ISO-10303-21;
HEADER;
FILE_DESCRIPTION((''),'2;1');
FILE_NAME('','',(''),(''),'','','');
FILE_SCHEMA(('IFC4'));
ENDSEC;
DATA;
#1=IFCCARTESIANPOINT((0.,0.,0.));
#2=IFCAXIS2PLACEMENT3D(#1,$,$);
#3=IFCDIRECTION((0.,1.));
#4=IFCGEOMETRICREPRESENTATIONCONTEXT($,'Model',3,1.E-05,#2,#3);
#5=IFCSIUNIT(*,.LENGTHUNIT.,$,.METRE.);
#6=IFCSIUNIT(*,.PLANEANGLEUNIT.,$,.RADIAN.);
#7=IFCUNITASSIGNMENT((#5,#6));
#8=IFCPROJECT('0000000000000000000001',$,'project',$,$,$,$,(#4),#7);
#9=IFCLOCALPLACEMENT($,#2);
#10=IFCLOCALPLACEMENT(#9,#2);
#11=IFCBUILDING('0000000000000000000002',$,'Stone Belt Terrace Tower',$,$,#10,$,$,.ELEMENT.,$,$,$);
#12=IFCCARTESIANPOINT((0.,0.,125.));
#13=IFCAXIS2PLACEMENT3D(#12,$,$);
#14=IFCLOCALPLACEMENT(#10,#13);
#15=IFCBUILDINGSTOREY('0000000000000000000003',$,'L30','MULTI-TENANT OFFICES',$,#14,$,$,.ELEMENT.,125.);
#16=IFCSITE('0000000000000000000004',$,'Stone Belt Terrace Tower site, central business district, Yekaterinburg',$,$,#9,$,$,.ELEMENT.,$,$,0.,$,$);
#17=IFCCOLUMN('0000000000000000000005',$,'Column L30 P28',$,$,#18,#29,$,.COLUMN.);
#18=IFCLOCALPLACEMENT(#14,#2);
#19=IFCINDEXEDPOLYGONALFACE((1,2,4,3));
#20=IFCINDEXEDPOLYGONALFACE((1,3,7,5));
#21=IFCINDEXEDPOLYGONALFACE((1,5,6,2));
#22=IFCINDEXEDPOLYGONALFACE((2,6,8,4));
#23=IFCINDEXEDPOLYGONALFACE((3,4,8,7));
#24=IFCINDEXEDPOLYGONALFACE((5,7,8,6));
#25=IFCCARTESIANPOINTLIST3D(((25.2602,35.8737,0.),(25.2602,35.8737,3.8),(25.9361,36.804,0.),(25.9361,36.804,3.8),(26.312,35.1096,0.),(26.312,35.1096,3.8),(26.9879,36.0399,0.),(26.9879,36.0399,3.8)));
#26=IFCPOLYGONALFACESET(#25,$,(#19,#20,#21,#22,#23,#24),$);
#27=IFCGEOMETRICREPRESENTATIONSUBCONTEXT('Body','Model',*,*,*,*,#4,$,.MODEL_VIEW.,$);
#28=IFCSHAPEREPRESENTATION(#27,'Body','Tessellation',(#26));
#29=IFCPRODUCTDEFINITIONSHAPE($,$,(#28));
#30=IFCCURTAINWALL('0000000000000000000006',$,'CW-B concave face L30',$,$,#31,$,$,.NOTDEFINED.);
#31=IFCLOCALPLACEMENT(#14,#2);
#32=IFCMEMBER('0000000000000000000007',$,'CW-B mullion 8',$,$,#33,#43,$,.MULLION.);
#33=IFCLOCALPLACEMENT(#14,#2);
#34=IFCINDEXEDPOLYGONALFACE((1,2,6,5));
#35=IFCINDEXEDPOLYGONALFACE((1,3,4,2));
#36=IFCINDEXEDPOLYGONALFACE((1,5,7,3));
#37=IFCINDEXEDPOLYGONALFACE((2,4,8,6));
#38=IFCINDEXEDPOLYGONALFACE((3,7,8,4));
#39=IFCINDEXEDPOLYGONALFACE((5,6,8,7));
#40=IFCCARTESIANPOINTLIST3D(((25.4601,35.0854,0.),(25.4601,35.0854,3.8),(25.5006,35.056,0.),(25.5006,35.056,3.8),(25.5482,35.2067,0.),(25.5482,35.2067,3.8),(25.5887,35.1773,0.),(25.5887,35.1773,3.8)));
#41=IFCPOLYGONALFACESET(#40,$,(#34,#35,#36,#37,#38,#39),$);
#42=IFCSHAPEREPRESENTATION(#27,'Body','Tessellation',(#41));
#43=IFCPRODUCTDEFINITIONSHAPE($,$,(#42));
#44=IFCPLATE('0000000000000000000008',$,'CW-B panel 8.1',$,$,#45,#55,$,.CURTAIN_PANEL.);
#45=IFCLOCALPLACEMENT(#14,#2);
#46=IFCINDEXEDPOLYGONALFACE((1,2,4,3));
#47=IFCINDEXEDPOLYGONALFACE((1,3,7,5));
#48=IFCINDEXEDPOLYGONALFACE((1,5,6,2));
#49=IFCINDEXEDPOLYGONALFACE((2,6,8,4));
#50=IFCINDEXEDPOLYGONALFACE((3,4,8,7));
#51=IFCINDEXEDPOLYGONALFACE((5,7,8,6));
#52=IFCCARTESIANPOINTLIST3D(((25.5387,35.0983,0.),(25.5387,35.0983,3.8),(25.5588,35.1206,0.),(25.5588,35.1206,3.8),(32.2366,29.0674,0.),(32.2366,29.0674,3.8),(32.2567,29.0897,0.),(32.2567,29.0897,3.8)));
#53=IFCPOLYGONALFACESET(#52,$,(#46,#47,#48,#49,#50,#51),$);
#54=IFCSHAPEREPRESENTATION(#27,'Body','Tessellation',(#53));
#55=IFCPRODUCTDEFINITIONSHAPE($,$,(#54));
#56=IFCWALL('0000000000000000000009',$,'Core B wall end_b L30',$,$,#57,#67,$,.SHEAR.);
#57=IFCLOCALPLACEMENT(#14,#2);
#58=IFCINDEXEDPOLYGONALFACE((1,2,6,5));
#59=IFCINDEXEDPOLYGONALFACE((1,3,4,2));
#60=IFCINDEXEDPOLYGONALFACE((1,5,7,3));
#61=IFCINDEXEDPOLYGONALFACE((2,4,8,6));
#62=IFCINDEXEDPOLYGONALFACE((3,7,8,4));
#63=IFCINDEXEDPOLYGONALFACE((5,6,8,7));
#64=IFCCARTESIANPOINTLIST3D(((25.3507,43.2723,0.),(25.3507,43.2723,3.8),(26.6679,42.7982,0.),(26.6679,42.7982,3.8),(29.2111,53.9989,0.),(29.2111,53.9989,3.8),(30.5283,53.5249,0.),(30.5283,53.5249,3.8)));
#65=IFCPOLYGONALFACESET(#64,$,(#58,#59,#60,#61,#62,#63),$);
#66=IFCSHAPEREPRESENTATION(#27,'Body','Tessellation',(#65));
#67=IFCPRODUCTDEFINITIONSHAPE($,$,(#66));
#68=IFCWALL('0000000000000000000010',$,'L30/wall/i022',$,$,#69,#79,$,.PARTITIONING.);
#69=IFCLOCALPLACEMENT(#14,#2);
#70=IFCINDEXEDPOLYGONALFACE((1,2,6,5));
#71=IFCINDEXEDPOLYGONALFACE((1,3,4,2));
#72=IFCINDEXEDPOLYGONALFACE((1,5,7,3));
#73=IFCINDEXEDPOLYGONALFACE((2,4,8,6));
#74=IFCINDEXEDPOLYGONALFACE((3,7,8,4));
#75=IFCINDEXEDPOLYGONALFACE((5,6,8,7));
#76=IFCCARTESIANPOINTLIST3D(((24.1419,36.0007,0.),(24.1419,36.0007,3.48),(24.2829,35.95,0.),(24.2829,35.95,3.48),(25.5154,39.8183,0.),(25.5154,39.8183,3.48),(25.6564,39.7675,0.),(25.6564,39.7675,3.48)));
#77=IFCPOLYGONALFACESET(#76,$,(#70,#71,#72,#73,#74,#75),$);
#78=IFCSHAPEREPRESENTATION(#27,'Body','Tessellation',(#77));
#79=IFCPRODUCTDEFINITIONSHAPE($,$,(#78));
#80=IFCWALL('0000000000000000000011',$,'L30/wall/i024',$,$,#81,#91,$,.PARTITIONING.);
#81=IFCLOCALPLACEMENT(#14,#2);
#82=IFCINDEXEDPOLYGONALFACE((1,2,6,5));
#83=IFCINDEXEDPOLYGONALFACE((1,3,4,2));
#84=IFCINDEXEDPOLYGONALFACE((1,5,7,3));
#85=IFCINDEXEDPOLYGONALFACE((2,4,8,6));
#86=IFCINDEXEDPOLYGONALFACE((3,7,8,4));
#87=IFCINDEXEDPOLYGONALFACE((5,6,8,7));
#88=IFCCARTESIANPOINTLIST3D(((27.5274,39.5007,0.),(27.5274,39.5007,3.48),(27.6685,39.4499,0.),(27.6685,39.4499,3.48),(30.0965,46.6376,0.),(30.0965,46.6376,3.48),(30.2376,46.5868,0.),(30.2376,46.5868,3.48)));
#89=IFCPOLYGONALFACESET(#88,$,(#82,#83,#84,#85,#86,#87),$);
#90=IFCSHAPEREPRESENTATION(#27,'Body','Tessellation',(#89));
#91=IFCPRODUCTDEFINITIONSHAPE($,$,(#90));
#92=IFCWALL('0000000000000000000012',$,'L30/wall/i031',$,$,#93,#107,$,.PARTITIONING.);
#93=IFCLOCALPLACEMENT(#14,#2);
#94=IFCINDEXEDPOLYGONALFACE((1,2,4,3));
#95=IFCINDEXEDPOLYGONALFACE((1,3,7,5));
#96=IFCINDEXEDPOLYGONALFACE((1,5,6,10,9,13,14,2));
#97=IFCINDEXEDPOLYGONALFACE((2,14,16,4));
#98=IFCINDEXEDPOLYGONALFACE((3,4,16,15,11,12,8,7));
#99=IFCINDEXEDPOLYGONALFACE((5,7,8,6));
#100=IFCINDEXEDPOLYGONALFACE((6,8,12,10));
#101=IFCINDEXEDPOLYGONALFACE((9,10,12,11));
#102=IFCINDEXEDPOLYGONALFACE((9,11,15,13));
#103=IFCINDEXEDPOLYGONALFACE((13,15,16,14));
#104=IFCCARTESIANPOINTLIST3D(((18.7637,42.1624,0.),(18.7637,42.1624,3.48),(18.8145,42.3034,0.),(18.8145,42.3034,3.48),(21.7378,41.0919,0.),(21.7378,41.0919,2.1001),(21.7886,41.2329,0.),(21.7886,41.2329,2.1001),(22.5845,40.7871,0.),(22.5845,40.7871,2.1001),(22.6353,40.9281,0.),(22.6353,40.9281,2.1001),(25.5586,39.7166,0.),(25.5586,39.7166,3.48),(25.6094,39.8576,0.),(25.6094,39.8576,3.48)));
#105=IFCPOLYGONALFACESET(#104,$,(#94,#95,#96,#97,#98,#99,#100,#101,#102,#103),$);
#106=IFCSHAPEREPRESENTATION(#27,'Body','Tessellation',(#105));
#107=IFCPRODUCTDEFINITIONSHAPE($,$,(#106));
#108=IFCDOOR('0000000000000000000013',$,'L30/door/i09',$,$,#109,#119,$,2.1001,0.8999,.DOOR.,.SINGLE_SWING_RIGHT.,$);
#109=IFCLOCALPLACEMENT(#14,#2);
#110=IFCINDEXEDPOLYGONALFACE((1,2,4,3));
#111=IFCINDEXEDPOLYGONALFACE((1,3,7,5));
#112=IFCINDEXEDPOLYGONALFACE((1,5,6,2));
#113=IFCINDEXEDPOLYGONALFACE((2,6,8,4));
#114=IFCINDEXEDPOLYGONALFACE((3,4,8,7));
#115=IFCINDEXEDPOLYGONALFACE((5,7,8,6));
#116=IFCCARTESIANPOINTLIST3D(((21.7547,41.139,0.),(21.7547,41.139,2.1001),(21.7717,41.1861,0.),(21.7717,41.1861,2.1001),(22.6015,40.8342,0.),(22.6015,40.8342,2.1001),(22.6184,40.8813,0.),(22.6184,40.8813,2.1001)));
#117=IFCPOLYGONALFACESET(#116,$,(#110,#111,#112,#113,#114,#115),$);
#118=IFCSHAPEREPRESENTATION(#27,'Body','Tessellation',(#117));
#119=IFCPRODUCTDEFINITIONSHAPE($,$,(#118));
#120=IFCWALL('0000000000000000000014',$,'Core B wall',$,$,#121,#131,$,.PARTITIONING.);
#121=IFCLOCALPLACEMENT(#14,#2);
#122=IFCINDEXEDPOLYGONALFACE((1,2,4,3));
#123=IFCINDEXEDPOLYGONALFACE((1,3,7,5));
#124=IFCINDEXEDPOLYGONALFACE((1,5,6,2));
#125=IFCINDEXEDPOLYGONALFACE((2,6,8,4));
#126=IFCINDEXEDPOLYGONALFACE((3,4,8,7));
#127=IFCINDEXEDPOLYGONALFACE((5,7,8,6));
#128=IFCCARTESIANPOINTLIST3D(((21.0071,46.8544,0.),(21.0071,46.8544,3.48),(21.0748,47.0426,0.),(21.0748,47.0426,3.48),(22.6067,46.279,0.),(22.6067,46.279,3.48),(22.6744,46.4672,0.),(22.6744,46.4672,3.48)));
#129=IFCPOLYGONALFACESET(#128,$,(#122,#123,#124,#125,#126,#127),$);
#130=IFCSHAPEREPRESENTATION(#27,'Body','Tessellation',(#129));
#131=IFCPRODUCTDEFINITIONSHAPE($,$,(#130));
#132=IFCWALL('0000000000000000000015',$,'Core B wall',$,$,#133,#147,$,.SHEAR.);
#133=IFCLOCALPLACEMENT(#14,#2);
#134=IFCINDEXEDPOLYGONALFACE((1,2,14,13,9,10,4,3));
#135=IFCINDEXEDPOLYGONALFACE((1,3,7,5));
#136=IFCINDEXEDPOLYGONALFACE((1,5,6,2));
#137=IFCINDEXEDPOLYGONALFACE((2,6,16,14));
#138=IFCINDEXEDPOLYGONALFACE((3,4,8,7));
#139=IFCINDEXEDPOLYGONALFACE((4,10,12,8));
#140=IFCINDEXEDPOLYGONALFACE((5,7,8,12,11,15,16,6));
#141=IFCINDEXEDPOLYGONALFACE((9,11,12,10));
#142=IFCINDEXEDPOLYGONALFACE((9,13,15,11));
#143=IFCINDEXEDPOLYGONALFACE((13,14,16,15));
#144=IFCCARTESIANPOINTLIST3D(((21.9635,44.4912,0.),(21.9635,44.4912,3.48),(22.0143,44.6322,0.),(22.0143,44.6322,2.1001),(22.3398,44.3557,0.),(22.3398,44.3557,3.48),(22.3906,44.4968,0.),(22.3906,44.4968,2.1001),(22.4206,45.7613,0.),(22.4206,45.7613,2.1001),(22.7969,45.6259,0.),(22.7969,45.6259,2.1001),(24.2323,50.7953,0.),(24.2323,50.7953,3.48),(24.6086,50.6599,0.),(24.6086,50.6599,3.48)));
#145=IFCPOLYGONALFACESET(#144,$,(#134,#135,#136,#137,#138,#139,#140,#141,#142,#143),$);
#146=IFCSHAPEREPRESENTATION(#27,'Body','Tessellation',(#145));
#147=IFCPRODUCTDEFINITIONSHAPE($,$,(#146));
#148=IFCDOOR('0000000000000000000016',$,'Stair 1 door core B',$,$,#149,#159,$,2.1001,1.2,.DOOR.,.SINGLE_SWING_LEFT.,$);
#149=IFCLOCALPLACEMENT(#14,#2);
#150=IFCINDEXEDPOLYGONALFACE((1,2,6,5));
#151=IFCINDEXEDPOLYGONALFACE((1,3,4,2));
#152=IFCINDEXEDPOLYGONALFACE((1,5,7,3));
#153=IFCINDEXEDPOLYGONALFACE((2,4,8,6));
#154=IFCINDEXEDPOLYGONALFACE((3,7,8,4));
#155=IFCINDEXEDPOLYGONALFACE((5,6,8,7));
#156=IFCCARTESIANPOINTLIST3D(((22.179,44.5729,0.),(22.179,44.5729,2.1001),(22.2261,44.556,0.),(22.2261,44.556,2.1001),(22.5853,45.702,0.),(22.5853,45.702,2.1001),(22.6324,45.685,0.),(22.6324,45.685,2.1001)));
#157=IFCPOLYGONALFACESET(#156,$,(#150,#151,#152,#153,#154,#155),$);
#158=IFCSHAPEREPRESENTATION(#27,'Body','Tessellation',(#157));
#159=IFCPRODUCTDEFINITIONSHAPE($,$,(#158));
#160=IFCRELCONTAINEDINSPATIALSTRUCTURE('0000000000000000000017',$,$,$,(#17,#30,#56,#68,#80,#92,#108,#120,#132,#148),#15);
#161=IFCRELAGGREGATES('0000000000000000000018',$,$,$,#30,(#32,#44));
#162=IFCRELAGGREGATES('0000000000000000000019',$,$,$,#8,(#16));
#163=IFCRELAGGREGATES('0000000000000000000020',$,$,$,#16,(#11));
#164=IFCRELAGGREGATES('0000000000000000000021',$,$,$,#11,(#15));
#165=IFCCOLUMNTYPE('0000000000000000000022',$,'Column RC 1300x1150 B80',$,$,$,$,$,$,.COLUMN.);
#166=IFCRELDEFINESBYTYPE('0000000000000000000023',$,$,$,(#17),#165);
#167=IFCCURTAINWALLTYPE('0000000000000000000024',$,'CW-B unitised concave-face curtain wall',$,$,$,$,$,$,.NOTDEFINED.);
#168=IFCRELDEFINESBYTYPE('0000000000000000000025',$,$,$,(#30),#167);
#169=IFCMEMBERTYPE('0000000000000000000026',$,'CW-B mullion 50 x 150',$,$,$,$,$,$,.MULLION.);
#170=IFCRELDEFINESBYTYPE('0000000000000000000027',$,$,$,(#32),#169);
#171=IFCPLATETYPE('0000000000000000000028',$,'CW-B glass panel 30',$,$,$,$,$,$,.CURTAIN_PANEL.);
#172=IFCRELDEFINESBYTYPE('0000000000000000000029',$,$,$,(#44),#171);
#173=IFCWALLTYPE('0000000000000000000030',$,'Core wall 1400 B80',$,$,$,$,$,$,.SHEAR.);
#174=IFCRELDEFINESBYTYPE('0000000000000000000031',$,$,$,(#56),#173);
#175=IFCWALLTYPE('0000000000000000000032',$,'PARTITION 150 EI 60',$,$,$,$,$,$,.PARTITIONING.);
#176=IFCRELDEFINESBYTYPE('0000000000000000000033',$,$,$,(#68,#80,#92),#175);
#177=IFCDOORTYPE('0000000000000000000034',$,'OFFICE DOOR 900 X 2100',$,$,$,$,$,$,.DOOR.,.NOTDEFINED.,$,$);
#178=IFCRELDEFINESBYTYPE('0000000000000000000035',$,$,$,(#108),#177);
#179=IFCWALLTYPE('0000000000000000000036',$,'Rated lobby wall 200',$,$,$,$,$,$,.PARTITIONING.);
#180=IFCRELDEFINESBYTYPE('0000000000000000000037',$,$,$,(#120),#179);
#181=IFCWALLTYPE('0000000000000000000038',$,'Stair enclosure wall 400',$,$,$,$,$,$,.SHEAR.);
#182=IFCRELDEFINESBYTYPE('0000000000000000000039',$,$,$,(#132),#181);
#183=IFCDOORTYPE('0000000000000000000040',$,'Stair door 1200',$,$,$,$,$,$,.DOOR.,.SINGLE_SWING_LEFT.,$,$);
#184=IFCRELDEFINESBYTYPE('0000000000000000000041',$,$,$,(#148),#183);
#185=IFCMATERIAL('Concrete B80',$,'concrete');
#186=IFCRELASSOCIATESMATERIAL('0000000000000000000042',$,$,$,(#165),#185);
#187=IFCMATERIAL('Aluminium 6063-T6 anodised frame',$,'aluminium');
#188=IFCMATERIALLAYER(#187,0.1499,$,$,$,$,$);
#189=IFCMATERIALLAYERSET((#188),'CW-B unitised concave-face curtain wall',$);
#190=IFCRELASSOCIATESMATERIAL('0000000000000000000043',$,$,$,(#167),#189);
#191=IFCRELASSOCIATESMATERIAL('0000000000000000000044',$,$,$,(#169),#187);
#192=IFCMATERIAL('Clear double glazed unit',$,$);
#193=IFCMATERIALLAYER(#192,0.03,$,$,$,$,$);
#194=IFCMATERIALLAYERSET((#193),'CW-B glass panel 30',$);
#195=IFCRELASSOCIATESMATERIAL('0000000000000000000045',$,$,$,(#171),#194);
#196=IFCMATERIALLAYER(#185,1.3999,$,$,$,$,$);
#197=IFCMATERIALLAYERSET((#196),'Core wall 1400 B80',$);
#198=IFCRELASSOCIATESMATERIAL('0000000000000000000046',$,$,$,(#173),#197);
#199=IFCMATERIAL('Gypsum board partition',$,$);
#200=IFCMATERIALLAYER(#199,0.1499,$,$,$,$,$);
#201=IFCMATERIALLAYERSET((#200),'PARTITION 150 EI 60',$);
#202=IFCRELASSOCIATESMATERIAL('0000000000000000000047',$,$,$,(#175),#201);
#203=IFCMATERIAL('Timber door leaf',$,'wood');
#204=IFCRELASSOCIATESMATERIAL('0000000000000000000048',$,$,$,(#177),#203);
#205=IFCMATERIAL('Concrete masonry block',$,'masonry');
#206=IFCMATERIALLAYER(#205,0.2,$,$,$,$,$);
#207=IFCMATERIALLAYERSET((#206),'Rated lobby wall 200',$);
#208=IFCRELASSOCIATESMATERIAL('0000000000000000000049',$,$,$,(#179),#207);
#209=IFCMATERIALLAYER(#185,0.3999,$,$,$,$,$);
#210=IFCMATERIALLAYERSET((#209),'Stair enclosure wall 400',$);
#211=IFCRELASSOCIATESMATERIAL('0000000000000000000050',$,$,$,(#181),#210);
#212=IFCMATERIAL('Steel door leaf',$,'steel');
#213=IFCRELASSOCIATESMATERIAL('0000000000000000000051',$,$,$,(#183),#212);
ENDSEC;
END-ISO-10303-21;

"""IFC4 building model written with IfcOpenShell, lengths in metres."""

from ifc_helpers import new_model, si_unit, direction, frame, frame_2d, origin, origin_2d, place, context, subcontext, project, spatial, rectangle, extrude, material, layer, layer_set, material_profile, profile_set, type_object, element, fill, aggregate, save


model = new_model("IFC4")

# Units and contexts
model_context = context("Model", 3, precision=1e-05, world=origin(), true_north=direction((0.0, 1.0)))
body_context = subcontext(model_context, "Body", "Model", "MODEL_VIEW")
ifc_project = project(units=[si_unit("LENGTHUNIT", "METRE"), si_unit("PLANEANGLEUNIT", "RADIAN")], contexts=[model_context])

# Site, building, storey
site_placement = place(None, origin())
site = spatial("IfcSite", under=ifc_project, at=site_placement, Name="Stone Belt Terrace Tower site, central business district, Yekaterinburg", CompositionType="ELEMENT", RefElevation=0.0)
building_placement = place(site_placement, origin())
building = spatial("IfcBuilding", under=site, at=building_placement, Name="Stone Belt Terrace Tower", CompositionType="ELEMENT")
storey_placement = place(building_placement, frame((0.0, 0.0, 125.0)))
storey = spatial("IfcBuildingStorey", under=building, at=storey_placement, Name="L30", Description="MULTI-TENANT OFFICES", CompositionType="ELEMENT", Elevation=125.0)

# Column
ifc_material_1 = material(Name="Concrete B80", Category="concrete")
ifc_material_profile_1 = material_profile(ifc_material_1, rectangle(XDim=1.3, YDim=1.1499, at=origin_2d()), Name="RC 1300x1150")
ifc_profile_set_1 = profile_set([ifc_material_profile_1], Name="Concrete B80")
column_type = type_object("IfcColumnType", Name="Column RC 1300x1150 B80", PredefinedType="COLUMN", material=ifc_profile_set_1)
column_placement = place(storey_placement, frame((26.124, 35.9568, 0.0), z_axis=(0.0, 0.0, 1.0), x_axis=(0.809017, -0.587785, 0.0)))
element("IfcColumn", 1, at=column_placement, inside=storey, type_object=column_type, Name="Column L30 P28", PredefinedType="COLUMN", context=body_context, shape_type="SweptSolid", body=[
    extrude(rectangle(XDim=1.3, YDim=1.1499, at=origin_2d()), origin(), (0.0, 0.0, 1.0), 3.8),
])

# Curtain wall, member, plate
ifc_material_2 = material(Name="Aluminium 6063-T6 anodised frame", Category="aluminium")
ifc_layer_1 = layer(ifc_material_2, 0.1499)
ifc_layer_set_1 = layer_set([ifc_layer_1], Name="CW-B unitised concave-face curtain wall")
curtain_wall_type = type_object("IfcCurtainWallType", Name="CW-B unitised concave-face curtain wall", PredefinedType="NOTDEFINED", material=ifc_layer_set_1)
curtain_wall_placement = place(storey_placement, origin())
curtain_wall = element("IfcCurtainWall", 2, at=curtain_wall_placement, inside=storey, type_object=curtain_wall_type, Name="CW-B concave face L30", PredefinedType="NOTDEFINED")
ifc_material_profile_2 = material_profile(ifc_material_2, rectangle(XDim=0.1499, YDim=0.05, at=origin_2d()), Name="Aluminium 6063-T6 50x150")
ifc_profile_set_2 = profile_set([ifc_material_profile_2], Name="Aluminium 6063-T6 anodised frame")
member_type = type_object("IfcMemberType", Name="CW-B mullion 50 x 150", PredefinedType="MULLION", material=ifc_profile_set_2)
member_placement = place(storey_placement, frame((25.5244, 35.1313, 0.0), z_axis=(0.0, 0.0, 1.0), x_axis=(0.587785, 0.809017, 0.0)))
member = element("IfcMember", 3, at=member_placement, type_object=member_type, Name="CW-B mullion 8", PredefinedType="MULLION", context=body_context, shape_type="SweptSolid", body=[
    extrude(rectangle(XDim=0.1499, YDim=0.05, at=origin_2d()), origin(), (0.0, 0.0, 1.0), 3.8),
])
ifc_material_3 = material(Name="Clear double glazed unit")
ifc_layer_2 = layer(ifc_material_3, 0.03)
ifc_layer_set_2 = layer_set([ifc_layer_2], Name="CW-B glass panel 30")
plate_type = type_object("IfcPlateType", Name="CW-B glass panel 30", PredefinedType="CURTAIN_PANEL", material=ifc_layer_set_2)
plate_placement = place(storey_placement, frame((28.8977, 32.094, 0.0), z_axis=(0.0, 0.0, 1.0), x_axis=(0.743145, -0.669131, 0.0)))
plate = element("IfcPlate", 4, at=plate_placement, type_object=plate_type, Name="CW-B panel 8.1", PredefinedType="CURTAIN_PANEL", context=body_context, shape_type="SweptSolid", body=[
    extrude(rectangle(XDim=9.0129, YDim=0.03, at=origin_2d()), origin(), (0.0, 0.0, 1.0), 3.8),
])
aggregate(curtain_wall, [member, plate])

# Walls
ifc_layer_3 = layer(ifc_material_1, 1.3999)
ifc_layer_set_3 = layer_set([ifc_layer_3], Name="Core wall 1400 B80")
wall_type_1 = type_object("IfcWallType", Name="Core wall 1400 B80", PredefinedType="SHEAR", material=ifc_layer_set_3)
wall_1_placement = place(storey_placement, frame((26.0093, 43.0352, 0.0), z_axis=(0.0, 0.0, 1.0), x_axis=(0.338625, 0.940921, 0.0)))
element("IfcWall", 5, at=wall_1_placement, inside=storey, type_object=wall_type_1, Name="Core B wall end_b L30", PredefinedType="SHEAR", context=body_context, shape_type="SweptSolid", body=[
    extrude(rectangle(XDim=11.4001, YDim=1.3999, at=frame_2d((5.7002, 0.0))), origin(), (0.0, 0.0, 1.0), 3.8),
])
ifc_material_4 = material(Name="Gypsum board partition")
ifc_layer_4 = layer(ifc_material_4, 0.1499)
ifc_layer_set_4 = layer_set([ifc_layer_4], Name="PARTITION 150 EI 60")
wall_type_2 = type_object("IfcWallType", Name="PARTITION 150 EI 60", PredefinedType="PARTITIONING", material=ifc_layer_set_4)
wall_2_placement = place(storey_placement, frame((24.2124, 35.9753, 0.0), z_axis=(0.0, 0.0, 1.0), x_axis=(0.338543, 0.940951, 0.0)))
element("IfcWall", 6, at=wall_2_placement, inside=storey, type_object=wall_type_2, Name="L30/wall/i022", PredefinedType="PARTITIONING", context=body_context, shape_type="SweptSolid", body=[
    extrude(rectangle(XDim=4.0571, YDim=0.1499, at=frame_2d((2.0286, 0.0))), origin(), (0.0, 0.0, 1.0), 3.48),
])
wall_3_placement = place(storey_placement, frame((30.167, 46.6121, 0.0), z_axis=(0.0, 0.0, 1.0), x_axis=(-0.338694, -0.940896, 0.0)))
element("IfcWall", 7, at=wall_3_placement, inside=storey, type_object=wall_type_2, Name="L30/wall/i024", PredefinedType="PARTITIONING", context=body_context, shape_type="SweptSolid", body=[
    extrude(rectangle(XDim=7.5852, YDim=0.1499, at=frame_2d((3.7925, 0.0))), origin(), (0.0, 0.0, 1.0), 3.48),
])

# Wall, opening, door
wall_4_placement = place(storey_placement, frame((25.584, 39.7871, 0.0), z_axis=(0.0, 0.0, 1.0), x_axis=(-0.940904, 0.338674, 0.0)))
wall_4 = element("IfcWall", 8, at=wall_4_placement, inside=storey, type_object=wall_type_2, Name="L30/wall/i031", PredefinedType="PARTITIONING", context=body_context, shape_type="SweptSolid", body=[
    extrude(rectangle(XDim=7.2217, YDim=0.1499, at=frame_2d((3.6108, 0.0))), origin(), (0.0, 0.0, 1.0), 3.48),
])
opening_1_placement = place(wall_4_placement, frame((3.1609, 0.0, 0.0)))
opening_1 = element("IfcOpeningElement", 9, at=opening_1_placement, cuts=wall_4, PredefinedType="OPENING", context=body_context, shape_type="SweptSolid", body=[
    extrude(rectangle(XDim=0.8999, YDim=2.1001, at=frame_2d((0.45, 1.05))), frame((0.0, 0.085, 0.0), z_axis=(0.0, -1.0, 0.0), x_axis=(1.0, 0.0, 0.0)), (0.0, 0.0, 1.0), 0.1699),
])
ifc_material_5 = material(Name="Timber door leaf", Category="wood")
door_type_1 = type_object("IfcDoorType", Name="OFFICE DOOR 900 X 2100", OperationType="NOTDEFINED", PredefinedType="DOOR", material=ifc_material_5)
door_1_placement = place(opening_1_placement, origin())
door_1 = element("IfcDoor", 10, at=door_1_placement, inside=storey, type_object=door_type_1, Name="L30/door/i09", OperationType="SINGLE_SWING_RIGHT", OverallHeight=2.1001, OverallWidth=0.8999, PredefinedType="DOOR", context=body_context, shape_type="SweptSolid", body=[
    extrude(rectangle(XDim=0.8999, YDim=2.1001, at=frame_2d((0.45, 1.05))), frame((0.0, 0.0249, 0.0), z_axis=(0.0, -1.0, 0.0), x_axis=(1.0, 0.0, 0.0)), (0.0, 0.0, 1.0), 0.05),
])
fill(opening_1, door_1)

# Wall
ifc_material_6 = material(Name="Concrete masonry block", Category="masonry")
ifc_layer_5 = layer(ifc_material_6, 0.2)
ifc_layer_set_5 = layer_set([ifc_layer_5], Name="Rated lobby wall 200")
wall_type_3 = type_object("IfcWallType", Name="Rated lobby wall 200", PredefinedType="PARTITIONING", material=ifc_layer_set_5)
wall_5_placement = place(storey_placement, frame((22.6406, 46.373, 0.0), z_axis=(0.0, 0.0, 1.0), x_axis=(-0.940966, 0.338501, 0.0)))
element("IfcWall", 11, at=wall_5_placement, inside=storey, type_object=wall_type_3, Name="Core B wall", PredefinedType="PARTITIONING", context=body_context, shape_type="SweptSolid", body=[
    extrude(rectangle(XDim=1.7, YDim=0.2, at=frame_2d((0.8501, 0.0))), origin(), (0.0, 0.0, 1.0), 3.48),
])

# Wall, opening, door
ifc_layer_6 = layer(ifc_material_1, 0.3999)
ifc_layer_set_6 = layer_set([ifc_layer_6], Name="Stair enclosure wall 400")
wall_type_4 = type_object("IfcWallType", Name="Stair enclosure wall 400", PredefinedType="SHEAR", material=ifc_layer_set_6)
wall_6_placement = place(storey_placement, frame((22.1516, 44.4233, 0.0), z_axis=(0.0, 0.0, 1.0), x_axis=(0.338625, 0.940921, 0.0)))
wall_6 = element("IfcWall", 12, at=wall_6_placement, inside=storey, type_object=wall_type_4, Name="Core B wall", PredefinedType="SHEAR", context=body_context, shape_type="SweptSolid", body=[
    extrude(rectangle(XDim=6.7, YDim=0.3999, at=frame_2d((3.3501, 0.0))), origin(), (0.0, 0.0, 1.0), 3.48),
])
opening_2_placement = place(wall_6_placement, frame((0.1499, 0.0, 0.0)))
opening_2 = element("IfcOpeningElement", 13, at=opening_2_placement, cuts=wall_6, PredefinedType="OPENING", context=body_context, shape_type="SweptSolid", body=[
    extrude(rectangle(XDim=1.2, YDim=2.1001, at=frame_2d((0.6001, 1.05))), frame((0.0, 0.21, 0.0), z_axis=(0.0, -1.0, 0.0), x_axis=(1.0, 0.0, 0.0)), (0.0, 0.0, 1.0), 0.4199),
])
ifc_material_7 = material(Name="Steel door leaf", Category="steel")
door_type_2 = type_object("IfcDoorType", Name="Stair door 1200", OperationType="SINGLE_SWING_LEFT", PredefinedType="DOOR", material=ifc_material_7)
door_2_placement = place(opening_2_placement, origin())
door_2 = element("IfcDoor", 14, at=door_2_placement, inside=storey, type_object=door_type_2, Name="Stair 1 door core B", OperationType="SINGLE_SWING_LEFT", OverallHeight=2.1001, OverallWidth=1.2, PredefinedType="DOOR", context=body_context, shape_type="SweptSolid", body=[
    extrude(rectangle(XDim=1.2, YDim=2.1001, at=frame_2d((0.6001, 1.05))), frame((0.0, 0.0249, 0.0), z_axis=(0.0, -1.0, 0.0), x_axis=(1.0, 0.0, 0.0)), (0.0, 0.0, 1.0), 0.05),
])
fill(opening_2, door_2)

save(model, "model.ifc")
